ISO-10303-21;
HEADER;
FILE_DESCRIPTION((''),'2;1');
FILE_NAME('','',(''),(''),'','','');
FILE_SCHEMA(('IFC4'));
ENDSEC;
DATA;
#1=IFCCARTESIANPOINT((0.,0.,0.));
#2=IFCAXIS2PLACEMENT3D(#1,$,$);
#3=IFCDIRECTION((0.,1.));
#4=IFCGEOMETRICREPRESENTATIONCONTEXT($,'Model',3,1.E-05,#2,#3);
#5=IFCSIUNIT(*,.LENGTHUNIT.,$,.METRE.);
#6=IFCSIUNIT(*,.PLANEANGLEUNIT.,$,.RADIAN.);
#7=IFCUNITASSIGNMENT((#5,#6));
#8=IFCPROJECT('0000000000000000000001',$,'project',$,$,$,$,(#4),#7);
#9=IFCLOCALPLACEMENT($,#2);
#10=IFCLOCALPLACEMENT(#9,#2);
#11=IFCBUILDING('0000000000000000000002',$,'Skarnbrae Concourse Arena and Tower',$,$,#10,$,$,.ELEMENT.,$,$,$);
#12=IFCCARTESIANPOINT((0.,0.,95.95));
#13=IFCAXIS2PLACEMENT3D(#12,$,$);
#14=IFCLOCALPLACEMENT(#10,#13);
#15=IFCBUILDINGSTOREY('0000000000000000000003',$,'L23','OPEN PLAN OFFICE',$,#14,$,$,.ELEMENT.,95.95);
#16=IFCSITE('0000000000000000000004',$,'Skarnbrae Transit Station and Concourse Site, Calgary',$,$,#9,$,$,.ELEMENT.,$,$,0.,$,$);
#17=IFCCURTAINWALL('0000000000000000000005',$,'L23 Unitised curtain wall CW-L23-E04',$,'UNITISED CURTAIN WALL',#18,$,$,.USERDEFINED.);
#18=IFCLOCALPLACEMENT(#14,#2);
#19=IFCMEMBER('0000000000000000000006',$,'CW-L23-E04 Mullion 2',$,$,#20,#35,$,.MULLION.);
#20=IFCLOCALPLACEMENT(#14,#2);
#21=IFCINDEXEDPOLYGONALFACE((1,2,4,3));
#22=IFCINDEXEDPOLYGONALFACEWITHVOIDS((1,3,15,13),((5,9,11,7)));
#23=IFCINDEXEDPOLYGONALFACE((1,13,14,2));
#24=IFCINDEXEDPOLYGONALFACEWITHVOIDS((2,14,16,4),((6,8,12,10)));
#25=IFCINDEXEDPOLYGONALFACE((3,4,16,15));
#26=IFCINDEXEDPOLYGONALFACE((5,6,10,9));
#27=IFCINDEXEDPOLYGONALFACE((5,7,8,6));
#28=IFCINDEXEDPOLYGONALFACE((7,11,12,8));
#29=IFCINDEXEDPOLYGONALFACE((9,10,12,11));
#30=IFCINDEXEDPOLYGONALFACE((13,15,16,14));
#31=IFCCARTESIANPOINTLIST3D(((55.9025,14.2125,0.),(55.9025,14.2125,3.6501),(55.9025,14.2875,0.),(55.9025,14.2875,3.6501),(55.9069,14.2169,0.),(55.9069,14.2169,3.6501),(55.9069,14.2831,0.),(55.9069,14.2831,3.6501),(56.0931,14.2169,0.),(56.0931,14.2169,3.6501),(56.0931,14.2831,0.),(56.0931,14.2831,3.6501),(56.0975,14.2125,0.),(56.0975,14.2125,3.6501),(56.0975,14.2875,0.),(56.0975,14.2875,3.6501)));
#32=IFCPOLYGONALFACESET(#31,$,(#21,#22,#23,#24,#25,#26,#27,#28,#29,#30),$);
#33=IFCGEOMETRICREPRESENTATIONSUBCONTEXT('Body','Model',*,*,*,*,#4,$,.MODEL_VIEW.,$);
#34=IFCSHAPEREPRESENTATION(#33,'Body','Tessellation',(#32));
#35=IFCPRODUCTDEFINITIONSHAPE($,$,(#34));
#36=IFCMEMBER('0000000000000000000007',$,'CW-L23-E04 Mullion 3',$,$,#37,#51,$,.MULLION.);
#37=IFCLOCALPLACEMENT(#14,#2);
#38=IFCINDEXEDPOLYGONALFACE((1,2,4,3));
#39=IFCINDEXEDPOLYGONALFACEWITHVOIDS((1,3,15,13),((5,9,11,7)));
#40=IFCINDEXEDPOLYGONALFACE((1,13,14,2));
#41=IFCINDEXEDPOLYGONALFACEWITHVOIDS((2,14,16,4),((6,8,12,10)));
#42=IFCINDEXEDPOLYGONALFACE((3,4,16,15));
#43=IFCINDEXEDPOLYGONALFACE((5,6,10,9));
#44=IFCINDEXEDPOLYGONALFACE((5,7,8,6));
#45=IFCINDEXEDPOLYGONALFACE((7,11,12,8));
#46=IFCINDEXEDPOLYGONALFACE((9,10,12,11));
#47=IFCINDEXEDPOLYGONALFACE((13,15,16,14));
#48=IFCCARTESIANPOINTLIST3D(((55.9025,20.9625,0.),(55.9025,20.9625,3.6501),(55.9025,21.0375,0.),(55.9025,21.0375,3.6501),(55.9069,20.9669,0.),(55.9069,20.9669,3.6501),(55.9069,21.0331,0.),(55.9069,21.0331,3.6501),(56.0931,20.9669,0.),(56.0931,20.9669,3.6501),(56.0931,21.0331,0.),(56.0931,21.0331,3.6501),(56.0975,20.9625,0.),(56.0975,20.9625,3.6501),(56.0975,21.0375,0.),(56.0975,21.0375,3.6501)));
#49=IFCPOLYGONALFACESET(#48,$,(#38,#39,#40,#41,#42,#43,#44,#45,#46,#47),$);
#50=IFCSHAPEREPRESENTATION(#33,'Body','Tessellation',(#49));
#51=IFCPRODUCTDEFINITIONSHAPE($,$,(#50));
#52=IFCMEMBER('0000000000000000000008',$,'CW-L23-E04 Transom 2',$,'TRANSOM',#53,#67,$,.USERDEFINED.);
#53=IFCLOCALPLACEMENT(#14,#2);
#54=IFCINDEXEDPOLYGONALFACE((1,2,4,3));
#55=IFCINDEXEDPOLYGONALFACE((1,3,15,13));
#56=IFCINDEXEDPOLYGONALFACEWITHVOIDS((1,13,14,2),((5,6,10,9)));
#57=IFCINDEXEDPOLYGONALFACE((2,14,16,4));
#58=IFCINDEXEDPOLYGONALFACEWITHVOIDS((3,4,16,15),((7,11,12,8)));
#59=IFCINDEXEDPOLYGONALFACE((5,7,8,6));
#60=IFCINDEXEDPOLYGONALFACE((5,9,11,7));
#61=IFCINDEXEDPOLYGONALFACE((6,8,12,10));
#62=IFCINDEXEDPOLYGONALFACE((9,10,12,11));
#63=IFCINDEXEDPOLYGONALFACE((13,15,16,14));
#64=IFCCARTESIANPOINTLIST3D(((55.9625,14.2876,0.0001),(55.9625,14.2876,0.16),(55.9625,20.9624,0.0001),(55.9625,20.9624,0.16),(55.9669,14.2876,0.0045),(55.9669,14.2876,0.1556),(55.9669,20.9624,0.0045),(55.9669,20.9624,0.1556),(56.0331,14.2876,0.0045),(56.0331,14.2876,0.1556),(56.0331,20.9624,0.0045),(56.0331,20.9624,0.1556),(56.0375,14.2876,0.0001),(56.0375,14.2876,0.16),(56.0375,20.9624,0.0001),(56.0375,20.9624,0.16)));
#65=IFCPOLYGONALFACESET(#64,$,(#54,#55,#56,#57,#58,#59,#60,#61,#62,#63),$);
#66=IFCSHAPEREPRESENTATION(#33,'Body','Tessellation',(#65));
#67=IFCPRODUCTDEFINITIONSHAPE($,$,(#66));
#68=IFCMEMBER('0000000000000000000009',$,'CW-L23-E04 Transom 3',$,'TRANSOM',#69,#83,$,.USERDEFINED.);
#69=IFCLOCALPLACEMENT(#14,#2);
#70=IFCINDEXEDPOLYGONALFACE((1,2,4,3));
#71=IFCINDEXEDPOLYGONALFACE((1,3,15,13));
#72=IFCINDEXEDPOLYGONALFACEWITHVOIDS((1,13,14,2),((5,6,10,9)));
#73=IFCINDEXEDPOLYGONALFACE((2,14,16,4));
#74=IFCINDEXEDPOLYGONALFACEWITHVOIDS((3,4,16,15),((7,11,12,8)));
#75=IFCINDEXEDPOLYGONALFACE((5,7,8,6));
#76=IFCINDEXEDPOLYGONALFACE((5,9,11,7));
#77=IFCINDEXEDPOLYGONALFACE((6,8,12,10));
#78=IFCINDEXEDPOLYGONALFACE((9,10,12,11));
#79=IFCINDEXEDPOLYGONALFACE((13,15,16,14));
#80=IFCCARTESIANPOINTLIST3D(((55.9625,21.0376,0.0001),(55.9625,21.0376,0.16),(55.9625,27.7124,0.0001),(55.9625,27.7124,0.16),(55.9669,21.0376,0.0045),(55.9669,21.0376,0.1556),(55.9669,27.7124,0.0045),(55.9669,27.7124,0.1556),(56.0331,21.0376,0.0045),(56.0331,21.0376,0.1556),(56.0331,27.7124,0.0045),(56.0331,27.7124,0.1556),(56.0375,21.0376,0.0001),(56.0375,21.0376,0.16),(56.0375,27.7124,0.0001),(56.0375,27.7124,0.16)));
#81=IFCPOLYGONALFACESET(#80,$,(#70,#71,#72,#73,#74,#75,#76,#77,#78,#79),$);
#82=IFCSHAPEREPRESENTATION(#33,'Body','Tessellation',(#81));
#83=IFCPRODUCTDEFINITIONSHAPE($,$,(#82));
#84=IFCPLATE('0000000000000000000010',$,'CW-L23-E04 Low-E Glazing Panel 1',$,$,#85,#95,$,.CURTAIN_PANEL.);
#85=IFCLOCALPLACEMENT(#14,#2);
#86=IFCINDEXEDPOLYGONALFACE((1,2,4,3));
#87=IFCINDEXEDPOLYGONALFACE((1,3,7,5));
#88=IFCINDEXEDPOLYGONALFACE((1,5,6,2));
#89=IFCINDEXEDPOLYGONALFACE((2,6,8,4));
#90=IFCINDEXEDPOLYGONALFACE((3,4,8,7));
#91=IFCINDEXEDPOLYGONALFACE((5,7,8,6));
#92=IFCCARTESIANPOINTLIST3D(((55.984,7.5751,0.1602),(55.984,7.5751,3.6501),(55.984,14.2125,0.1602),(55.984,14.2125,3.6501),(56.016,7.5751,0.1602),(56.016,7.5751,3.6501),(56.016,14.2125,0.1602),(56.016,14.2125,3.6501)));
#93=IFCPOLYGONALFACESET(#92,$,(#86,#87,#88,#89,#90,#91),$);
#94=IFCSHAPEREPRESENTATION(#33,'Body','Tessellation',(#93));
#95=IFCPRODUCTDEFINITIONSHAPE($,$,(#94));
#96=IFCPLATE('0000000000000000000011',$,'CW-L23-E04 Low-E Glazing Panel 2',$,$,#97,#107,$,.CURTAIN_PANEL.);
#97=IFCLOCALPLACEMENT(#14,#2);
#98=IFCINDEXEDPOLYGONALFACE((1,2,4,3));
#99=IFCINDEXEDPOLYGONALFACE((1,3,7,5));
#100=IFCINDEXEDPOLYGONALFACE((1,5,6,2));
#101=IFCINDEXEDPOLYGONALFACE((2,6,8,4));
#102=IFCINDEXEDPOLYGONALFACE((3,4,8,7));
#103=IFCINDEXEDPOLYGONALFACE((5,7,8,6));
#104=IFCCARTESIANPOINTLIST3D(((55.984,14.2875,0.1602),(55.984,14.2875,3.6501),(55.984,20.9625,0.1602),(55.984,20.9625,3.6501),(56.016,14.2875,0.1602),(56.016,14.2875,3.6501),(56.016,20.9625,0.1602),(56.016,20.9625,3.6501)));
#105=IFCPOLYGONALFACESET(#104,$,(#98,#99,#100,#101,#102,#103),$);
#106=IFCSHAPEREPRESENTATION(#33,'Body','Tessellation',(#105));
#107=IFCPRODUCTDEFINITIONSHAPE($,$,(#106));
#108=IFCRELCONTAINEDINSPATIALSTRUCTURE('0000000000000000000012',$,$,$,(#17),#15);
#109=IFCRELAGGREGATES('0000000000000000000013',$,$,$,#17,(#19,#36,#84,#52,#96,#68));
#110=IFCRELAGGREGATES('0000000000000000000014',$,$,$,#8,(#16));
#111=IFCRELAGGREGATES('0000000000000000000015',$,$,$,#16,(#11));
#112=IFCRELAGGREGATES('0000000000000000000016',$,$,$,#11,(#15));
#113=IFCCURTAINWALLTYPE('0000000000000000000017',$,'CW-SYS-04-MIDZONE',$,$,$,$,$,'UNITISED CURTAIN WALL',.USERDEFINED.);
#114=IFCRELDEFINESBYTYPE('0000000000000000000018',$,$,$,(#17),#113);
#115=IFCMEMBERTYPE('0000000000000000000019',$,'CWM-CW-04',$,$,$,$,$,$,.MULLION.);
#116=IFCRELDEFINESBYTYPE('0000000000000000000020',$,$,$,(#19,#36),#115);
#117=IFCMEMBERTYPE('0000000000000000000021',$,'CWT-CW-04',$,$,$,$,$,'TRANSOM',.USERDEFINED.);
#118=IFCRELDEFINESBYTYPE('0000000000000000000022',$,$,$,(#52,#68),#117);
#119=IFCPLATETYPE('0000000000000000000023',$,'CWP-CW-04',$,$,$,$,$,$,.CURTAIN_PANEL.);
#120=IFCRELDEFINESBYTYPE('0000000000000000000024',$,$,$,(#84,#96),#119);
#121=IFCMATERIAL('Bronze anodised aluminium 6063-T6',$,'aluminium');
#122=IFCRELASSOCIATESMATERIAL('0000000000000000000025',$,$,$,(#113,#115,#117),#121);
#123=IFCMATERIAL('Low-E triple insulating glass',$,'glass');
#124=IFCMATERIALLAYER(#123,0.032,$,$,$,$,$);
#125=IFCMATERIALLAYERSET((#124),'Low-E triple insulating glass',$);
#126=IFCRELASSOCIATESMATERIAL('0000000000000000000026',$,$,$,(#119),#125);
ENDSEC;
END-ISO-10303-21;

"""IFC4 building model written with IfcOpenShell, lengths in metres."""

from ifc_helpers import new_model, si_unit, direction, frame, origin, origin_2d, place, context, subcontext, project, spatial, rectangle, hollow_rectangle, extrude, source, transform, mapped, material, layer, layer_set, material_profile, profile_set, type_object, element, aggregate, save


model = new_model("IFC4")

# Units and contexts
model_context = context("Model", 3, precision=1e-05, world=origin(), true_north=direction((0.0, 1.0)))
body_context = subcontext(model_context, "Body", "Model", "MODEL_VIEW")
ifc_project = project(units=[si_unit("LENGTHUNIT", "METRE"), si_unit("PLANEANGLEUNIT", "RADIAN")], contexts=[model_context])

# Site, building, storey
site_placement = place(None, origin())
site = spatial("IfcSite", under=ifc_project, at=site_placement, Name="Skarnbrae Transit Station and Concourse Site, Calgary", CompositionType="ELEMENT", RefElevation=0.0)
building_placement = place(site_placement, origin())
building = spatial("IfcBuilding", under=site, at=building_placement, Name="Skarnbrae Concourse Arena and Tower", CompositionType="ELEMENT")
storey_placement = place(building_placement, frame((0.0, 0.0, 95.95)))
storey = spatial("IfcBuildingStorey", under=building, at=storey_placement, Name="L23", Description="OPEN PLAN OFFICE", CompositionType="ELEMENT", Elevation=95.95)

# Curtain wall, members, plates
ifc_material_1 = material(Name="Bronze anodised aluminium 6063-T6", Category="aluminium")
curtain_wall_type = type_object("IfcCurtainWallType", Name="CW-SYS-04-MIDZONE", ElementType="UNITISED CURTAIN WALL", PredefinedType="USERDEFINED", material=ifc_material_1)
curtain_wall_placement = place(storey_placement, origin())
curtain_wall = element("IfcCurtainWall", 1, at=curtain_wall_placement, inside=storey, type_object=curtain_wall_type, Name="L23 Unitised curtain wall CW-L23-E04", ObjectType="UNITISED CURTAIN WALL", PredefinedType="USERDEFINED")
ifc_material_profile_1 = material_profile(ifc_material_1, hollow_rectangle(XDim=0.075, YDim=0.1951, WallThickness=0.0044, at=origin_2d()), Name="ALU-MULL-75X195")
ifc_profile_set_1 = profile_set([ifc_material_profile_1], Name="Bronze anodised aluminium 6063-T6")
member_type_1 = type_object("IfcMemberType", Name="CWM-CW-04", PredefinedType="MULLION", material=ifc_profile_set_1)
shared_shape_1 = source(origin(), body_context, "Body", "SweptSolid", [
    extrude(hollow_rectangle(XDim=0.075, YDim=0.1951, WallThickness=0.0044, at=origin_2d()), origin(), (0.0, 0.0, 1.0), 3.6501),
])
member_1_placement = place(storey_placement, frame((56.0, 14.25, 0.0), z_axis=(0.0, 0.0, 1.0), x_axis=(0.0, 1.0, 0.0)))
member_1 = element("IfcMember", 2, at=member_1_placement, type_object=member_type_1, Name="CW-L23-E04 Mullion 2", PredefinedType="MULLION", context=body_context, shape_type="MappedRepresentation", body=[
    mapped(shared_shape_1, transform((0.0, 0.0, 0.0))),
])
member_2_placement = place(storey_placement, frame((56.0, 21.0, 0.0), z_axis=(0.0, 0.0, 1.0), x_axis=(0.0, 1.0, 0.0)))
member_2 = element("IfcMember", 3, at=member_2_placement, type_object=member_type_1, Name="CW-L23-E04 Mullion 3", PredefinedType="MULLION", context=body_context, shape_type="MappedRepresentation", body=[
    mapped(shared_shape_1, transform((0.0, 0.0, 0.0))),
])
ifc_material_profile_2 = material_profile(ifc_material_1, hollow_rectangle(XDim=0.075, YDim=0.1599, WallThickness=0.0044, at=origin_2d()), Name="ALU-TRAN-75X160")
ifc_profile_set_2 = profile_set([ifc_material_profile_2], Name="Bronze anodised aluminium 6063-T6")
member_type_2 = type_object("IfcMemberType", Name="CWT-CW-04", ElementType="TRANSOM", PredefinedType="USERDEFINED", material=ifc_profile_set_2)
shared_shape_2 = source(origin(), body_context, "Body", "SweptSolid", [
    extrude(hollow_rectangle(XDim=0.075, YDim=0.1599, WallThickness=0.0044, at=origin_2d()), origin(), (0.0, 0.0, 1.0), 6.6748),
])
member_3_placement = place(storey_placement, frame((56.0, 14.2876, 0.0801), z_axis=(0.0, 1.0, 0.0), x_axis=(-1.0, 0.0, 0.0)))
member_3 = element("IfcMember", 4, at=member_3_placement, type_object=member_type_2, Name="CW-L23-E04 Transom 2", ObjectType="TRANSOM", PredefinedType="USERDEFINED", context=body_context, shape_type="MappedRepresentation", body=[
    mapped(shared_shape_2, transform((0.0, 0.0, 0.0))),
])
member_4_placement = place(storey_placement, frame((56.0, 21.0376, 0.0801), z_axis=(0.0, 1.0, 0.0), x_axis=(-1.0, 0.0, 0.0)))
member_4 = element("IfcMember", 5, at=member_4_placement, type_object=member_type_2, Name="CW-L23-E04 Transom 3", ObjectType="TRANSOM", PredefinedType="USERDEFINED", context=body_context, shape_type="MappedRepresentation", body=[
    mapped(shared_shape_2, transform((0.0, 0.0, 0.0))),
])
ifc_material_2 = material(Name="Low-E triple insulating glass", Category="glass")
ifc_layer = layer(ifc_material_2, 0.032)
ifc_layer_set = layer_set([ifc_layer], Name="Low-E triple insulating glass")
plate_type = type_object("IfcPlateType", Name="CWP-CW-04", PredefinedType="CURTAIN_PANEL", material=ifc_layer_set)
shared_shape_3 = source(origin(), body_context, "Body", "SweptSolid", [
    extrude(rectangle(XDim=6.6375, YDim=0.032, at=origin_2d()), origin(), (0.0, 0.0, 1.0), 3.49),
])
plate_1_placement = place(storey_placement, frame((56.0, 10.8938, 0.1602), z_axis=(0.0, 0.0, 1.0), x_axis=(0.0, 1.0, 0.0)))
plate_1 = element("IfcPlate", 6, at=plate_1_placement, type_object=plate_type, Name="CW-L23-E04 Low-E Glazing Panel 1", PredefinedType="CURTAIN_PANEL", context=body_context, shape_type="MappedRepresentation", body=[
    mapped(shared_shape_3, transform((0.0, 0.0, 0.0))),
])
shared_shape_4 = source(origin(), body_context, "Body", "SweptSolid", [
    extrude(rectangle(XDim=6.675, YDim=0.032, at=origin_2d()), origin(), (0.0, 0.0, 1.0), 3.49),
])
plate_2_placement = place(storey_placement, frame((56.0, 17.625, 0.1602), z_axis=(0.0, 0.0, 1.0), x_axis=(0.0, 1.0, 0.0)))
plate_2 = element("IfcPlate", 7, at=plate_2_placement, type_object=plate_type, Name="CW-L23-E04 Low-E Glazing Panel 2", PredefinedType="CURTAIN_PANEL", context=body_context, shape_type="MappedRepresentation", body=[
    mapped(shared_shape_4, transform((0.0, 0.0, 0.0))),
])
aggregate(curtain_wall, [member_1, member_2, plate_1, member_3, plate_2, member_4])

save(model, "model.ifc")
